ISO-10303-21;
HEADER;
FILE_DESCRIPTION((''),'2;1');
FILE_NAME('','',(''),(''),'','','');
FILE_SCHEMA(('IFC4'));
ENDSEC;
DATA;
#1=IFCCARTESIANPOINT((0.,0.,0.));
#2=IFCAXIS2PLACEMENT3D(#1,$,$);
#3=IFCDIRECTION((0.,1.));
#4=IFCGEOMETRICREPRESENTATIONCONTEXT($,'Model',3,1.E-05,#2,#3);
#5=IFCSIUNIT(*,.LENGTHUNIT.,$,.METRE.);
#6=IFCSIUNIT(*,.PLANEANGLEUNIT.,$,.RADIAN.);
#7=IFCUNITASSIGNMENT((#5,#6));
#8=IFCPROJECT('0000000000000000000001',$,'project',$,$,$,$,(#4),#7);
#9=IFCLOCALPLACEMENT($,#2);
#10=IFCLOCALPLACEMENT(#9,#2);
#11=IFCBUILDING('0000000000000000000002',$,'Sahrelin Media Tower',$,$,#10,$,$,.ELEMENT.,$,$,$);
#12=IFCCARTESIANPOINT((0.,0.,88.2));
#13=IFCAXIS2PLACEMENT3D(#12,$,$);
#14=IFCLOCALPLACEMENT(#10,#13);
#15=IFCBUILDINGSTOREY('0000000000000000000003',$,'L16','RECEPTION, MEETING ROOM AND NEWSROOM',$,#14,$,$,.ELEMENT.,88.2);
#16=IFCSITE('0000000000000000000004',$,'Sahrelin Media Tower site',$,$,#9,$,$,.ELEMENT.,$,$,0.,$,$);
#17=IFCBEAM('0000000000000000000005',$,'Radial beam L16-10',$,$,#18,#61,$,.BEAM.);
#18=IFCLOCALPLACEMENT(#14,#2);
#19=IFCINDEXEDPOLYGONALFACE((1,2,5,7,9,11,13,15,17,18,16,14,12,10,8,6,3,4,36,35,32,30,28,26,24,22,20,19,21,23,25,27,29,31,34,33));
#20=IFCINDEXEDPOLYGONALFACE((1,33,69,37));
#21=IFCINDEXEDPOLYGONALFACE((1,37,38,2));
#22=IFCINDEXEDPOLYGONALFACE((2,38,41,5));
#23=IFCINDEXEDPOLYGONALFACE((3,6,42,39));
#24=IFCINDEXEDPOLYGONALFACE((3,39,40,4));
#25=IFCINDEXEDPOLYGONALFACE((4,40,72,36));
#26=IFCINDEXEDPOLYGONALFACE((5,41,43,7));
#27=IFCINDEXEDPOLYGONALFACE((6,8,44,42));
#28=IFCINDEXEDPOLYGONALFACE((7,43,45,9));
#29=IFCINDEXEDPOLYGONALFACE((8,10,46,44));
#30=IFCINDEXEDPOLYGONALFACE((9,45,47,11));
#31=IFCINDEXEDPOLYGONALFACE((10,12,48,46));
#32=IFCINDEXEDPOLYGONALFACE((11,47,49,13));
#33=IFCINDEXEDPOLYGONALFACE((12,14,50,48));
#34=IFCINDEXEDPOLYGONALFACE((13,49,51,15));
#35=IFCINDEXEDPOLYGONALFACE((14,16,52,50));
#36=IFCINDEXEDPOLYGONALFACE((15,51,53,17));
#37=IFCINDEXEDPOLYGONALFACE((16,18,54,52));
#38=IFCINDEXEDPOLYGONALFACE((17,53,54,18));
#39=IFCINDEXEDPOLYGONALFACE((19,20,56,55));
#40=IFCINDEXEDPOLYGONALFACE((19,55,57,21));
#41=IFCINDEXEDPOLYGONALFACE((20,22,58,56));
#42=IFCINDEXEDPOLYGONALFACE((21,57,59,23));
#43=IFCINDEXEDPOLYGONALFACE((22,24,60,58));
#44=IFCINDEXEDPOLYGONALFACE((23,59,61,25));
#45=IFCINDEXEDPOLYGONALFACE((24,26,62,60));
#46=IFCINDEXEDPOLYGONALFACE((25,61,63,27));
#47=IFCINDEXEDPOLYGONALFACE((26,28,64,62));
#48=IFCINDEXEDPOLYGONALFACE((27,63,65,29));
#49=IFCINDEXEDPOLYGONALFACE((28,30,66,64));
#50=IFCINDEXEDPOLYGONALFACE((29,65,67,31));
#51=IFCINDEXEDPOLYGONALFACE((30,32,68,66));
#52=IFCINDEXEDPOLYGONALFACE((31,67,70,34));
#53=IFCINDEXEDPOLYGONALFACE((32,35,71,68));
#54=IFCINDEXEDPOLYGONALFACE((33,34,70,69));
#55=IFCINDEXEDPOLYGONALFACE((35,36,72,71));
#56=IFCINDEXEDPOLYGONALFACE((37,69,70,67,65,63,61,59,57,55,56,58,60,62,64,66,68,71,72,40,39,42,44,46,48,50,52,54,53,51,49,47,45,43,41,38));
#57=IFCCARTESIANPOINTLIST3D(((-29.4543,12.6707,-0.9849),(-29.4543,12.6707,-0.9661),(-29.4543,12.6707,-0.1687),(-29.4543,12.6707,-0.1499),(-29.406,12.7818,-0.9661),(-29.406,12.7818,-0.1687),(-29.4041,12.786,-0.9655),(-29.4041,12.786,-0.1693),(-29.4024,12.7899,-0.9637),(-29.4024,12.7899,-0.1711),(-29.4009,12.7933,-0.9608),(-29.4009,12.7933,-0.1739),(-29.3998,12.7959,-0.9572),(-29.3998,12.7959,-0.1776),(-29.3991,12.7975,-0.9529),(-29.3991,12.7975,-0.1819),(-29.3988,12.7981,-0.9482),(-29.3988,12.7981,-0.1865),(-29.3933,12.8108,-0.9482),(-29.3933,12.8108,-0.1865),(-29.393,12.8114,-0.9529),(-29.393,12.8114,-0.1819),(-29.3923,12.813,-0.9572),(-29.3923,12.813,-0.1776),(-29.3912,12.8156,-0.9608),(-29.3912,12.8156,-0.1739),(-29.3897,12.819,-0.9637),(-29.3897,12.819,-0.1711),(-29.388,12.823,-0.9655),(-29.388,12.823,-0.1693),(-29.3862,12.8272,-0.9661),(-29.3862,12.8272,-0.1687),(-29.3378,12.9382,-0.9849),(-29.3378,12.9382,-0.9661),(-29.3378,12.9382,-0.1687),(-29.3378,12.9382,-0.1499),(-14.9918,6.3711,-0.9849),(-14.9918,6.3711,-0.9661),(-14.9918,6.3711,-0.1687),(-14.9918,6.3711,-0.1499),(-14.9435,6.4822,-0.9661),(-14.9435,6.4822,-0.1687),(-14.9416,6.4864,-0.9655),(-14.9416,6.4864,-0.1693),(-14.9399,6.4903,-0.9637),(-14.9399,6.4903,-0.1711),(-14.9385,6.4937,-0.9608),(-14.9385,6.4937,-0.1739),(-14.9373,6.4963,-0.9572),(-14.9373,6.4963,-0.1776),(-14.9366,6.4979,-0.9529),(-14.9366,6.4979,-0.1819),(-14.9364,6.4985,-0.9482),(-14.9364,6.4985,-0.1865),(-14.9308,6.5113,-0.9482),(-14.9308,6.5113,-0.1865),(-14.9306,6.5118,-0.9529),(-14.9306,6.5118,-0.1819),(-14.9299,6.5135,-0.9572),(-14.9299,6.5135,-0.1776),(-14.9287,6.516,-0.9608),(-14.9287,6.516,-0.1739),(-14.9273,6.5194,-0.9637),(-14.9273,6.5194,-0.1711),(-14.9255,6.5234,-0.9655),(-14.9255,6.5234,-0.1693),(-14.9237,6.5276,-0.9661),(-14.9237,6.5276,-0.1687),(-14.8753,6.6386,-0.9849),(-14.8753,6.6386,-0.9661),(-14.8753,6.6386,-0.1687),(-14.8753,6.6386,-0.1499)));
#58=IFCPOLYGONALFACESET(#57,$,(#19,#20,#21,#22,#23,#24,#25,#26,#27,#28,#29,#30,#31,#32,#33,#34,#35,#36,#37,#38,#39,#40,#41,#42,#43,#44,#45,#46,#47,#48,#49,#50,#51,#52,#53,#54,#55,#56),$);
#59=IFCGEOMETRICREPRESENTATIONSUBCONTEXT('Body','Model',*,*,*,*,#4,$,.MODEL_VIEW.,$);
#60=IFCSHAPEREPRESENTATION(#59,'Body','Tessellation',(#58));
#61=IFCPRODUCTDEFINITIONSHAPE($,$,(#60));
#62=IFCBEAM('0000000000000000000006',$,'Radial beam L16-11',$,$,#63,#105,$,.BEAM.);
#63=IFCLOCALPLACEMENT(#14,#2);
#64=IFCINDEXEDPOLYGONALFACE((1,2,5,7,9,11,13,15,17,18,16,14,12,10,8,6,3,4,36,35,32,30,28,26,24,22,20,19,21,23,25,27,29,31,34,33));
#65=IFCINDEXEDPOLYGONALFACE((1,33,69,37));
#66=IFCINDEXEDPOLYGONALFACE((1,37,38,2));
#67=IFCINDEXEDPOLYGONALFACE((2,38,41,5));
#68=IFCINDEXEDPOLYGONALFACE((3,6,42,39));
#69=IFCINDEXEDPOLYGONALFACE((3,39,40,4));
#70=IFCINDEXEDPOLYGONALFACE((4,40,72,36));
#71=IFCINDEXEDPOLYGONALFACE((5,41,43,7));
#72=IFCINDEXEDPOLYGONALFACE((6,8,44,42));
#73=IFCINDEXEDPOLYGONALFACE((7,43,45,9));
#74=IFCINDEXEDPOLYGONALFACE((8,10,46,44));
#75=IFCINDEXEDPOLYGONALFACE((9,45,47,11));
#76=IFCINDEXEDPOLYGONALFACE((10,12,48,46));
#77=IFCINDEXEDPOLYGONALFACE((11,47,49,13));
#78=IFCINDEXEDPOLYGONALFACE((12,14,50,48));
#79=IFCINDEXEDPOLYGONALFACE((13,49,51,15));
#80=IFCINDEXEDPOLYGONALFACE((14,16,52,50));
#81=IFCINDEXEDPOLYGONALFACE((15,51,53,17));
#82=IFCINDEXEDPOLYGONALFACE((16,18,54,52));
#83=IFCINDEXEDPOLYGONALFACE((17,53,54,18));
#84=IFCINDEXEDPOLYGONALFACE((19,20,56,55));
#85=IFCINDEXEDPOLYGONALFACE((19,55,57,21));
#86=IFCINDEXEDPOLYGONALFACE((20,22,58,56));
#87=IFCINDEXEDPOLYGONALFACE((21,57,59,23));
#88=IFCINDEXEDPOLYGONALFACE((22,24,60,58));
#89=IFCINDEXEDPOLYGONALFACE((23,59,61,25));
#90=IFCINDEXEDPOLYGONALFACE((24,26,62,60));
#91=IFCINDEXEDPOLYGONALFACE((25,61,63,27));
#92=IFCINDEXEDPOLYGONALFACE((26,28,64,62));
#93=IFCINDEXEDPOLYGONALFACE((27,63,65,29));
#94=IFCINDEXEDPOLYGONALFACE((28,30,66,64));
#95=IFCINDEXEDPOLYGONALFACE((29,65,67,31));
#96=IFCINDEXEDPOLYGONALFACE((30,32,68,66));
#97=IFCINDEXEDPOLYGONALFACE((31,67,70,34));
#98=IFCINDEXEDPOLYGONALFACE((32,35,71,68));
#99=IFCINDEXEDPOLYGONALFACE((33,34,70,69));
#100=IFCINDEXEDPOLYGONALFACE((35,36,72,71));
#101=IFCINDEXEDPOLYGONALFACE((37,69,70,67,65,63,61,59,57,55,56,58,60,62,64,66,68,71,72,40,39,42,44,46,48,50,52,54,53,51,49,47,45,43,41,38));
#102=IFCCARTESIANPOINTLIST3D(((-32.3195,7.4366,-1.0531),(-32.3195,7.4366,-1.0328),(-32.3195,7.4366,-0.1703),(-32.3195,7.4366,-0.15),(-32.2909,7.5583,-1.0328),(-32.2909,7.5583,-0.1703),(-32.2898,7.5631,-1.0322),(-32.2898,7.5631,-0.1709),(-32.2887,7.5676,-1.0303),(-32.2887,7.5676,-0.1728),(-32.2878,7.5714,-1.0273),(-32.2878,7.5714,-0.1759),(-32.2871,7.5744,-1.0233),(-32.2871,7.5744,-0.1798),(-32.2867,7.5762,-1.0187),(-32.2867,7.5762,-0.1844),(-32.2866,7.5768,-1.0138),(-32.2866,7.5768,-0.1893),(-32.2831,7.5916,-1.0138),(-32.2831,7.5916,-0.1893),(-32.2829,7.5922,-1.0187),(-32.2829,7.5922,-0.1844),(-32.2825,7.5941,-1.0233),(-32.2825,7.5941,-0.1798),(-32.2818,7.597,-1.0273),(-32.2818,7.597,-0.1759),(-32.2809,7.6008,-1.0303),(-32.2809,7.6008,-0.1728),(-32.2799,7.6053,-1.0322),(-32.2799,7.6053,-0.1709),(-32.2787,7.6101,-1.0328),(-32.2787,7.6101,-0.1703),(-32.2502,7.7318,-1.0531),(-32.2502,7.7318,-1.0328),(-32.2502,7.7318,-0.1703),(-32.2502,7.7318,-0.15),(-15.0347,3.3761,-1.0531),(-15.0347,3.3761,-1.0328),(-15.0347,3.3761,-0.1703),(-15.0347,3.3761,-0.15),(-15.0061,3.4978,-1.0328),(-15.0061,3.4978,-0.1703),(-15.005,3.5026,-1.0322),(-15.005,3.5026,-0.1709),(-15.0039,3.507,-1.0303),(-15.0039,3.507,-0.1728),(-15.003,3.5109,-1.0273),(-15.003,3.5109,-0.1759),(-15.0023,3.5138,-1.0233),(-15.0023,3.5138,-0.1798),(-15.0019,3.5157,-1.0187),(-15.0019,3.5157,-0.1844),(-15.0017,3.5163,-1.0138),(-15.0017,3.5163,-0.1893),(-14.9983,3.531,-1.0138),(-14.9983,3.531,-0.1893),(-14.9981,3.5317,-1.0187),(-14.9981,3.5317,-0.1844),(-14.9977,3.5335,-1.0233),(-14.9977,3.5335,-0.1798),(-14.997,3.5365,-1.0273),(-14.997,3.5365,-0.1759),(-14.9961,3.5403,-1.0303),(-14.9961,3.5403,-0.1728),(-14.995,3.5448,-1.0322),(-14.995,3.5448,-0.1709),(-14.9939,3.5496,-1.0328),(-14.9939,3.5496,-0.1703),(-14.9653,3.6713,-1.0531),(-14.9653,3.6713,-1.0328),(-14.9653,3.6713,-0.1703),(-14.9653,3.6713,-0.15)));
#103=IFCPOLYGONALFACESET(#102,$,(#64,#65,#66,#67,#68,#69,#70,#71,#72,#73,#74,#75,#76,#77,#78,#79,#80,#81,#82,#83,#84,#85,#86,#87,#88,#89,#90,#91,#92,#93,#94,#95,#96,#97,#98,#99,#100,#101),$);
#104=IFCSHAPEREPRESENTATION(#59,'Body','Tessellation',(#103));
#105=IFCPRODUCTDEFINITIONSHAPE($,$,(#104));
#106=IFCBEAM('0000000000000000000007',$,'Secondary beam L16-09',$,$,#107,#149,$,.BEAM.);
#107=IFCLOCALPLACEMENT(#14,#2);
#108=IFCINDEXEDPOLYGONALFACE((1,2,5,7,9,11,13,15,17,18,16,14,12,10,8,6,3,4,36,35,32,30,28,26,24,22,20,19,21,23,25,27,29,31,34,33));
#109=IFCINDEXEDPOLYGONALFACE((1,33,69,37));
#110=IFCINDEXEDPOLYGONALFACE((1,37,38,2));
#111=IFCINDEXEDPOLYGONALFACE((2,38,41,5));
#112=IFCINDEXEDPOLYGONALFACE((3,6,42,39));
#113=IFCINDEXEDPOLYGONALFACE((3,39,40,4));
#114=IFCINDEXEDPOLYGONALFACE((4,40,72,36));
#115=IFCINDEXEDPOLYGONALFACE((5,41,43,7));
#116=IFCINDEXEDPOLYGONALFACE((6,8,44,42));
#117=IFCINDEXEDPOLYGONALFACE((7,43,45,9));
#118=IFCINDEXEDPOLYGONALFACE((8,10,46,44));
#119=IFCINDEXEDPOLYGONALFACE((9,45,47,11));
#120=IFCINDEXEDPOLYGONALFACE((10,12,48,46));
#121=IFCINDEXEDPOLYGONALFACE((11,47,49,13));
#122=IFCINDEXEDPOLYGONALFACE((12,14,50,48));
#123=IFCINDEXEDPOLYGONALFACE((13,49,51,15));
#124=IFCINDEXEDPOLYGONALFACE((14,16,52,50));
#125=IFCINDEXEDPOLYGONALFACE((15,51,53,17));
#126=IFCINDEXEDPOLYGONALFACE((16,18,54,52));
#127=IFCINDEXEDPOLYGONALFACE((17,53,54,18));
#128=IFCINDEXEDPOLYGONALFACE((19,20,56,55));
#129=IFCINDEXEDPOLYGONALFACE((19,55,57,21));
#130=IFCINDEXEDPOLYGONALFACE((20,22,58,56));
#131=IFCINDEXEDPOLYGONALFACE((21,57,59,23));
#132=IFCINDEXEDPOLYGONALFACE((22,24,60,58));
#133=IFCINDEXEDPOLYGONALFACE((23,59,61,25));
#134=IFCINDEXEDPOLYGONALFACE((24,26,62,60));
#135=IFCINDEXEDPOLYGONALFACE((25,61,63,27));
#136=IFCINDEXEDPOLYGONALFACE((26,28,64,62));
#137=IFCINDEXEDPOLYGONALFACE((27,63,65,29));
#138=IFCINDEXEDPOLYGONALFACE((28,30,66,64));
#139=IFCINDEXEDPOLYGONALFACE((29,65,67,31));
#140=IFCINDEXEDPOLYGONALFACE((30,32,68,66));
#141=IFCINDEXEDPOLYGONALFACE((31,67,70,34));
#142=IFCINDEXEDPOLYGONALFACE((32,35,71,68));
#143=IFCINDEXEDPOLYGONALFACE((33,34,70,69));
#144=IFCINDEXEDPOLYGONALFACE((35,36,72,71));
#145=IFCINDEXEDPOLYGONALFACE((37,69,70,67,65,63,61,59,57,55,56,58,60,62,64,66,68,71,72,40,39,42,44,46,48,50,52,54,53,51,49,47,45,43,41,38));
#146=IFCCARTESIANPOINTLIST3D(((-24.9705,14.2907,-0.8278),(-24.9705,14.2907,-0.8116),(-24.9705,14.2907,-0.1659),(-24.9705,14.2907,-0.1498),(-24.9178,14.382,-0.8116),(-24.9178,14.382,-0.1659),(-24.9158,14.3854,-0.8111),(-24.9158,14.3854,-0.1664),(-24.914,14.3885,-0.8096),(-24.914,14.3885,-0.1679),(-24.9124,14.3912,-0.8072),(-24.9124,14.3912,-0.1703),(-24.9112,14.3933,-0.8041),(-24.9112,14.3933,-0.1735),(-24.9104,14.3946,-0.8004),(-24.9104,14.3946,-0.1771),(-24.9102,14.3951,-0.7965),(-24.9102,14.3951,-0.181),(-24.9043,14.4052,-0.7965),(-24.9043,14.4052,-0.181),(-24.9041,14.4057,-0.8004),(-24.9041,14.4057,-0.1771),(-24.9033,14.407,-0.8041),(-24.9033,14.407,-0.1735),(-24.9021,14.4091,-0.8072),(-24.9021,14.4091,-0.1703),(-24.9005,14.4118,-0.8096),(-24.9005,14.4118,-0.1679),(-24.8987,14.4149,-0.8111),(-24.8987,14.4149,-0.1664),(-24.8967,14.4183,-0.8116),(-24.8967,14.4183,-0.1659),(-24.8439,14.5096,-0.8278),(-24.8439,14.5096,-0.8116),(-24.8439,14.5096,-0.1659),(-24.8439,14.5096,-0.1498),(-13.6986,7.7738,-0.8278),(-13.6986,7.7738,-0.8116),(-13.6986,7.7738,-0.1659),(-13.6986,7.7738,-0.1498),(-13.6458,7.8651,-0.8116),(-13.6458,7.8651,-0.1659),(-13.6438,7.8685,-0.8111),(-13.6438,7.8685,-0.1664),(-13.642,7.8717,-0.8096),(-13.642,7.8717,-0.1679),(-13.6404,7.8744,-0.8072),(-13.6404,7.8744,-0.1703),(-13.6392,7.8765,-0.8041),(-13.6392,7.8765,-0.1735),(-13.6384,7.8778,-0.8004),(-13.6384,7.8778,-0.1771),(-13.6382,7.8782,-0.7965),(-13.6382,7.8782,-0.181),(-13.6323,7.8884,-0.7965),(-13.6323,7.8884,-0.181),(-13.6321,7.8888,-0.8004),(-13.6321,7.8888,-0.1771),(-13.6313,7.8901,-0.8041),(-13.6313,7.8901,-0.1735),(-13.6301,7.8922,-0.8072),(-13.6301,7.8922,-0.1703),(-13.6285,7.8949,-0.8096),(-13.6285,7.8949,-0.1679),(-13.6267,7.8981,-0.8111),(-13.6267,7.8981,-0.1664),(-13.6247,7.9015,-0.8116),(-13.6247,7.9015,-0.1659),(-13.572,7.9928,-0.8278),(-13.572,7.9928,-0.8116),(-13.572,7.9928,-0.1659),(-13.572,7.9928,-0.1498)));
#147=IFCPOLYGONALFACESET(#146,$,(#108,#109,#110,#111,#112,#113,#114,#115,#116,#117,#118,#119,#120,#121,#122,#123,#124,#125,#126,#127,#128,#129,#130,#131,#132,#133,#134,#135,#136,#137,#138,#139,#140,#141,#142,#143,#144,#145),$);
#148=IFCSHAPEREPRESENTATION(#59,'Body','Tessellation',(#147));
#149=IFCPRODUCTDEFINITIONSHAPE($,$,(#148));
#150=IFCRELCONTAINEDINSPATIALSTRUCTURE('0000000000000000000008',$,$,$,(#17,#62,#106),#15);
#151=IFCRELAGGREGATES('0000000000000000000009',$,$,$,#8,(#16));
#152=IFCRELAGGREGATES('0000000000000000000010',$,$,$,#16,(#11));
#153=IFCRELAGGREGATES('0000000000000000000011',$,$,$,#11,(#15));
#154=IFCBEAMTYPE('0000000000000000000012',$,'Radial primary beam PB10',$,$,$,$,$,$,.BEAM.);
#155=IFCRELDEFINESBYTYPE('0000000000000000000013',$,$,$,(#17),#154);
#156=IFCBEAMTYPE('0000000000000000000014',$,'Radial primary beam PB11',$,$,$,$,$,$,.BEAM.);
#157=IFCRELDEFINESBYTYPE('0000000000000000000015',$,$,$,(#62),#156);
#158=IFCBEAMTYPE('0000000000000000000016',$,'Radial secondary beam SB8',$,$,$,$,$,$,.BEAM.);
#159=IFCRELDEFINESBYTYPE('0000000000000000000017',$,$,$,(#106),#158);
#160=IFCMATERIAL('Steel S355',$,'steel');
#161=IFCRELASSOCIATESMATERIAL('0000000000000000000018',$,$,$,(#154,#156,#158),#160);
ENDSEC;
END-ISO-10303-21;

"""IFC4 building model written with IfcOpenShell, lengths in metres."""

from ifc_helpers import new_model, si_unit, direction, frame, origin, origin_2d, place, context, subcontext, project, spatial, i_section, extrude, material, material_profile, profile_set, type_object, element, save


model = new_model("IFC4")

# Units and contexts
model_context = context("Model", 3, precision=1e-05, world=origin(), true_north=direction((0.0, 1.0)))
body_context = subcontext(model_context, "Body", "Model", "MODEL_VIEW")
ifc_project = project(units=[si_unit("LENGTHUNIT", "METRE"), si_unit("PLANEANGLEUNIT", "RADIAN")], contexts=[model_context])

# Site, building, storey
site_placement = place(None, origin())
site = spatial("IfcSite", under=ifc_project, at=site_placement, Name="Sahrelin Media Tower site", CompositionType="ELEMENT", RefElevation=0.0)
building_placement = place(site_placement, origin())
building = spatial("IfcBuilding", under=site, at=building_placement, Name="Sahrelin Media Tower", CompositionType="ELEMENT")
storey_placement = place(building_placement, frame((0.0, 0.0, 88.2)))
storey = spatial("IfcBuildingStorey", under=building, at=storey_placement, Name="L16", Description="RECEPTION, MEETING ROOM AND NEWSROOM", CompositionType="ELEMENT", Elevation=88.2)

# Beams
ifc_material_1 = material(Name="Steel S355", Category="steel")
ifc_material_profile_1 = material_profile(ifc_material_1, i_section(OverallWidth=0.2917, OverallDepth=0.835, WebThickness=0.0139, FlangeThickness=0.0188, FilletRadius=0.0178, at=origin_2d()), Name="UB 838x292x176")
ifc_profile_set_1 = profile_set([ifc_material_profile_1], Name="Steel S355")
beam_type_1 = type_object("IfcBeamType", Name="Radial primary beam PB10", PredefinedType="BEAM", material=ifc_profile_set_1)
beam_1_placement = place(storey_placement, frame((-14.9336, 6.5049, -0.5674), z_axis=(-0.916802, 0.399342, 0.0), x_axis=(-0.399342, -0.916802, 0.0)))
element("IfcBeam", 1, at=beam_1_placement, inside=storey, type_object=beam_type_1, Name="Radial beam L16-10", PredefinedType="BEAM", context=body_context, shape_type="SweptSolid", body=[
    extrude(i_section(OverallWidth=0.2917, OverallDepth=0.835, WebThickness=0.0139, FlangeThickness=0.0188, FilletRadius=0.0178, at=origin_2d()), origin(), (0.0, 0.0, 1.0), 15.7749),
])
ifc_material_profile_2 = material_profile(ifc_material_1, i_section(OverallWidth=0.3032, OverallDepth=0.9031, WebThickness=0.0151, FlangeThickness=0.0203, FilletRadius=0.019, at=origin_2d()), Name="UB 914x305x201")
ifc_profile_set_2 = profile_set([ifc_material_profile_2], Name="Steel S355")
beam_type_2 = type_object("IfcBeamType", Name="Radial primary beam PB11", PredefinedType="BEAM", material=ifc_profile_set_2)
beam_2_placement = place(storey_placement, frame((-15.0, 3.5237, -0.6016), z_axis=(-0.973499, 0.228693, 0.0), x_axis=(-0.228693, -0.973499, 0.0)))
element("IfcBeam", 2, at=beam_2_placement, inside=storey, type_object=beam_type_2, Name="Radial beam L16-11", PredefinedType="BEAM", context=body_context, shape_type="SweptSolid", body=[
    extrude(i_section(OverallWidth=0.3032, OverallDepth=0.9031, WebThickness=0.0151, FlangeThickness=0.0203, FilletRadius=0.019, at=origin_2d()), origin(), (0.0, 0.0, 1.0), 17.7554),
])
ifc_material_profile_3 = material_profile(ifc_material_1, i_section(OverallWidth=0.2529, OverallDepth=0.678, WebThickness=0.0117, FlangeThickness=0.0161, FilletRadius=0.0151, at=origin_2d()), Name="UB 686x254x125")
ifc_profile_set_3 = profile_set([ifc_material_profile_3], Name="Steel S355")
beam_type_3 = type_object("IfcBeamType", Name="Radial secondary beam SB8", PredefinedType="BEAM", material=ifc_profile_set_3)
beam_3_placement = place(storey_placement, frame((-13.6353, 7.8833, -0.4888), z_axis=(-0.865727, 0.500517, 0.0), x_axis=(-0.500517, -0.865727, 0.0)))
element("IfcBeam", 3, at=beam_3_placement, inside=storey, type_object=beam_type_3, Name="Secondary beam L16-09", PredefinedType="BEAM", context=body_context, shape_type="SweptSolid", body=[
    extrude(i_section(OverallWidth=0.2529, OverallDepth=0.678, WebThickness=0.0117, FlangeThickness=0.0161, FilletRadius=0.0151, at=origin_2d()), origin(), (0.0, 0.0, 1.0), 13.0203),
])

save(model, "model.ifc")
